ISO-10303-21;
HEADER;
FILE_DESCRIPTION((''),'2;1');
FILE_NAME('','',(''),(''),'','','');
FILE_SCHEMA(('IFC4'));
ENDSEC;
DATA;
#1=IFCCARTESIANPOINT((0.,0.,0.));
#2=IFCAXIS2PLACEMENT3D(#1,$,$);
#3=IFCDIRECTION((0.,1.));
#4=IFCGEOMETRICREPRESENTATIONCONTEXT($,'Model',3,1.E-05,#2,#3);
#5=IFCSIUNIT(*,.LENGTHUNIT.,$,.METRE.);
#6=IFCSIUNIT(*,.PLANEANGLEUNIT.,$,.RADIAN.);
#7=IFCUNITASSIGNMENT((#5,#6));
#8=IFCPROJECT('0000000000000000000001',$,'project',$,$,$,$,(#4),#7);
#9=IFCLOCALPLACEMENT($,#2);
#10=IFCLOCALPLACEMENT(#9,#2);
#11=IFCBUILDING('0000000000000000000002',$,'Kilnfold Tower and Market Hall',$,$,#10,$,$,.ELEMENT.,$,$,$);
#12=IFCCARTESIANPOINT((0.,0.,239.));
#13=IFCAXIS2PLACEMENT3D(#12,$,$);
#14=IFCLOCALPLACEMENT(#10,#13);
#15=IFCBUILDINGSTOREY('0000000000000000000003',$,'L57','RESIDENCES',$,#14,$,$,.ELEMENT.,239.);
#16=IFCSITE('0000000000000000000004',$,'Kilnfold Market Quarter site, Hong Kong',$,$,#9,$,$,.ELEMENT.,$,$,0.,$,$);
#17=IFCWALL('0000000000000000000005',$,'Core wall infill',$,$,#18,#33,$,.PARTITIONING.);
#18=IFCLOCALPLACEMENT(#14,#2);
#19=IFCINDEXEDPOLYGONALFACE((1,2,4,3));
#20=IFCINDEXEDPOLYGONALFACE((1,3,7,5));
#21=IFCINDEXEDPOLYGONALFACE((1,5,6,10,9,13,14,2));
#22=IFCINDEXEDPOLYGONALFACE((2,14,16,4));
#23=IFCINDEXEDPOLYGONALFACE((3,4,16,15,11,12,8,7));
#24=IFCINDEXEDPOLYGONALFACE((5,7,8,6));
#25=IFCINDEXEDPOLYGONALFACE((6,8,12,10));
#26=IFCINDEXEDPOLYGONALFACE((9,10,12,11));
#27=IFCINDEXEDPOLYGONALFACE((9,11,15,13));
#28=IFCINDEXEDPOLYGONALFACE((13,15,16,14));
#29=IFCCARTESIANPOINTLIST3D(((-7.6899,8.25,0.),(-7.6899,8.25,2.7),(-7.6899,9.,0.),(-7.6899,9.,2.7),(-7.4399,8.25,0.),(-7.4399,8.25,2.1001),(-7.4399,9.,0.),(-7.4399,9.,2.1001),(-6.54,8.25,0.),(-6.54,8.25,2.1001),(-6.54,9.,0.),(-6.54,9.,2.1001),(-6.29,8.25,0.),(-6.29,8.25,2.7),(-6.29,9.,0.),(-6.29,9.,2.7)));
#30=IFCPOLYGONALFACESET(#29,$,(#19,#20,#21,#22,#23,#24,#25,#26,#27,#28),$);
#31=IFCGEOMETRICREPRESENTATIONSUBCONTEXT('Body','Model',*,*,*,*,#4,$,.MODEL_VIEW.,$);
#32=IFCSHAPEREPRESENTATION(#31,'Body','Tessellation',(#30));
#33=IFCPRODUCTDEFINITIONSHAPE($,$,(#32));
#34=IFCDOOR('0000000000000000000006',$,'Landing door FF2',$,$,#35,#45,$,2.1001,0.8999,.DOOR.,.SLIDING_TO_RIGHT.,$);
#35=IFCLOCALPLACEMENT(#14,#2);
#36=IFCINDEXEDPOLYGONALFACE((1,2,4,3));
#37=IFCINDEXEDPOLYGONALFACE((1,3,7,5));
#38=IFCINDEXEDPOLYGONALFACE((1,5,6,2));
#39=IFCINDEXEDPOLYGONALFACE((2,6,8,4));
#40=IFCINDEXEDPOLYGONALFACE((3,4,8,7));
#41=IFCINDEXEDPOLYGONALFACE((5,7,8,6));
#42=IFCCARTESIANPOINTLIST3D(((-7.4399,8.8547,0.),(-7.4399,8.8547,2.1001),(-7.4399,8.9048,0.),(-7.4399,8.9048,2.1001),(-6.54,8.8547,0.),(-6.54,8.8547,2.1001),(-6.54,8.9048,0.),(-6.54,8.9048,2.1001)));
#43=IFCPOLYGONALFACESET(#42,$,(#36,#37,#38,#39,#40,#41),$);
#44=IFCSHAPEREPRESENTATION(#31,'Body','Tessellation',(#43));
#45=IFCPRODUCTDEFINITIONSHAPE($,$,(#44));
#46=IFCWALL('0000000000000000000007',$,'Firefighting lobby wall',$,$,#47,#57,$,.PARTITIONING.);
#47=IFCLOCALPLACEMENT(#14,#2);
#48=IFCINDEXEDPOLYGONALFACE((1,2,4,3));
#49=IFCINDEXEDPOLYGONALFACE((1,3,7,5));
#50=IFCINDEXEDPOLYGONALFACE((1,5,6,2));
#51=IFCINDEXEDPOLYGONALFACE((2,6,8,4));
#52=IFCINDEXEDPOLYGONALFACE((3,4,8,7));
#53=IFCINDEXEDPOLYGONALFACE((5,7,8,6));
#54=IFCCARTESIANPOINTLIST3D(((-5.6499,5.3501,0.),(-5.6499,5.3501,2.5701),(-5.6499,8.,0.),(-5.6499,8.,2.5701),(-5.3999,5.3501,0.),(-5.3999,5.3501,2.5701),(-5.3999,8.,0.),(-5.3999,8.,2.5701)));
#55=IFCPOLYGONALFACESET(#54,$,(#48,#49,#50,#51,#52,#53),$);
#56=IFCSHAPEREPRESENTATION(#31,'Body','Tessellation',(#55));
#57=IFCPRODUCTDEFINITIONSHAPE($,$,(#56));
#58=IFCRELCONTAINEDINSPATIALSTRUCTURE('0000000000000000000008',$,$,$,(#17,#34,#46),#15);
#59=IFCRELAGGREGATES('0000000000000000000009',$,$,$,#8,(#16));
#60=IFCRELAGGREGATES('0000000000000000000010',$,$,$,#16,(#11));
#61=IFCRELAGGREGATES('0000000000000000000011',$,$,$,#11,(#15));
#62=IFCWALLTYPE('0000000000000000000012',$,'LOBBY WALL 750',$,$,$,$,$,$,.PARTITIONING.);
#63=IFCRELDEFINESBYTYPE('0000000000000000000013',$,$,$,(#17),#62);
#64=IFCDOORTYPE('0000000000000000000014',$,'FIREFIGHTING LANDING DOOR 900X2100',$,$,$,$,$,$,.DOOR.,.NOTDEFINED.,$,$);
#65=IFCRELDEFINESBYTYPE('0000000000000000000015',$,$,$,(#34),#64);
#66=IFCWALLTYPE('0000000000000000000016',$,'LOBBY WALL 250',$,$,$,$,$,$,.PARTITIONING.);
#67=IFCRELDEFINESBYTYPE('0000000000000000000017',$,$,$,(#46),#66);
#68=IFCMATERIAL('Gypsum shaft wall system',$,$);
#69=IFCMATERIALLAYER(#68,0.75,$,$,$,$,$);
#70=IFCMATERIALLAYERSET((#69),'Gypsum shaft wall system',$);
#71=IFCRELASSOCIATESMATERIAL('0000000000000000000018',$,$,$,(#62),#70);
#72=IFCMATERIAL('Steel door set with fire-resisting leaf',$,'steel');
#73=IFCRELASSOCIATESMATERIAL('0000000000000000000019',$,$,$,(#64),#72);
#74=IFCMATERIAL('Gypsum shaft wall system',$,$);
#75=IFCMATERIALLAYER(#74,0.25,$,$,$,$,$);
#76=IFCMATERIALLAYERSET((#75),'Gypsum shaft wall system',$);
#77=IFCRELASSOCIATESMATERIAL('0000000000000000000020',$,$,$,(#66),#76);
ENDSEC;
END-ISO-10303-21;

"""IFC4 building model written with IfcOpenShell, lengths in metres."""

from ifc_helpers import new_model, si_unit, direction, frame, frame_2d, origin, place, context, subcontext, project, spatial, rectangle, extrude, source, transform, mapped, material, layer, layer_set, type_object, element, fill, save


model = new_model("IFC4")

# Units and contexts
model_context = context("Model", 3, precision=1e-05, world=origin(), true_north=direction((0.0, 1.0)))
body_context = subcontext(model_context, "Body", "Model", "MODEL_VIEW")
ifc_project = project(units=[si_unit("LENGTHUNIT", "METRE"), si_unit("PLANEANGLEUNIT", "RADIAN")], contexts=[model_context])

# Site, building, storey
site_placement = place(None, origin())
site = spatial("IfcSite", under=ifc_project, at=site_placement, Name="Kilnfold Market Quarter site, Hong Kong", CompositionType="ELEMENT", RefElevation=0.0)
building_placement = place(site_placement, origin())
building = spatial("IfcBuilding", under=site, at=building_placement, Name="Kilnfold Tower and Market Hall", CompositionType="ELEMENT")
storey_placement = place(building_placement, frame((0.0, 0.0, 239.0)))
storey = spatial("IfcBuildingStorey", under=building, at=storey_placement, Name="L57", Description="RESIDENCES", CompositionType="ELEMENT", Elevation=239.0)

# Wall, opening, door
ifc_material_1 = material(Name="Gypsum shaft wall system")
ifc_layer_1 = layer(ifc_material_1, 0.75)
ifc_layer_set_1 = layer_set([ifc_layer_1], Name="Gypsum shaft wall system")
wall_type_1 = type_object("IfcWallType", Name="LOBBY WALL 750", PredefinedType="PARTITIONING", material=ifc_layer_set_1)
ifc_material_2 = material(Name="Steel door set with fire-resisting leaf", Category="steel")
door_type_1 = type_object("IfcDoorType", Name="FIREFIGHTING LANDING DOOR 900X2100", OperationType="NOTDEFINED", PredefinedType="DOOR", material=ifc_material_2)
shared_shape_1 = source(origin(), body_context, "Body", "SweptSolid", [
    extrude(rectangle(XDim=1.3999, YDim=0.75, at=frame_2d((0.7, 0.0))), origin(), (0.0, 0.0, 1.0), 2.7),
])
wall_1_placement = place(storey_placement, frame((-7.6899, 8.625, 0.0), z_axis=(0.0, 0.0, 1.0), x_axis=(1.0, 0.0, 0.0)))
wall_1 = element("IfcWall", 1, at=wall_1_placement, inside=storey, type_object=wall_type_1, Name="Core wall infill", PredefinedType="PARTITIONING", context=body_context, shape_type="MappedRepresentation", body=[
    mapped(shared_shape_1, transform((0.0, 0.0, 0.0))),
])
opening_1_placement = place(wall_1_placement, frame((0.25, 0.0, 0.0)))
opening_1 = element("IfcOpeningElement", 2, at=opening_1_placement, cuts=wall_1, PredefinedType="OPENING", context=body_context, shape_type="SweptSolid", body=[
    extrude(rectangle(XDim=0.8999, YDim=2.1001, at=frame_2d((0.45, 1.05))), frame((0.0, 0.385, 0.0), z_axis=(0.0, -1.0, 0.0), x_axis=(1.0, 0.0, 0.0)), (0.0, 0.0, 1.0), 0.77),
])
door_1_placement = place(opening_1_placement, origin())
door_1 = element("IfcDoor", 3, at=door_1_placement, inside=storey, type_object=door_type_1, Name="Landing door FF2", OperationType="SLIDING_TO_RIGHT", OverallHeight=2.1001, OverallWidth=0.8999, PredefinedType="DOOR", context=body_context, shape_type="SweptSolid", body=[
    extrude(rectangle(XDim=0.8999, YDim=2.1001, at=frame_2d((0.45, 1.05))), frame((0.0, 0.2798, 0.0), z_axis=(0.0, -1.0, 0.0), x_axis=(1.0, 0.0, 0.0)), (0.0, 0.0, 1.0), 0.05),
])
fill(opening_1, door_1)

# Wall
ifc_material_3 = material(Name="Gypsum shaft wall system")
ifc_layer_2 = layer(ifc_material_3, 0.25)
ifc_layer_set_2 = layer_set([ifc_layer_2], Name="Gypsum shaft wall system")
wall_type_2 = type_object("IfcWallType", Name="LOBBY WALL 250", PredefinedType="PARTITIONING", material=ifc_layer_set_2)
shared_shape_2 = source(origin(), body_context, "Body", "SweptSolid", [
    extrude(rectangle(XDim=2.6499, YDim=0.25, at=frame_2d((1.325, 0.0))), origin(), (0.0, 0.0, 1.0), 2.5701),
])
wall_2_placement = place(storey_placement, frame((-5.5249, 5.3501, 0.0), z_axis=(0.0, 0.0, 1.0), x_axis=(0.0, 1.0, 0.0)))
element("IfcWall", 4, at=wall_2_placement, inside=storey, type_object=wall_type_2, Name="Firefighting lobby wall", PredefinedType="PARTITIONING", context=body_context, shape_type="MappedRepresentation", body=[
    mapped(shared_shape_2, transform((0.0, 0.0, 0.0))),
])

save(model, "model.ifc")
